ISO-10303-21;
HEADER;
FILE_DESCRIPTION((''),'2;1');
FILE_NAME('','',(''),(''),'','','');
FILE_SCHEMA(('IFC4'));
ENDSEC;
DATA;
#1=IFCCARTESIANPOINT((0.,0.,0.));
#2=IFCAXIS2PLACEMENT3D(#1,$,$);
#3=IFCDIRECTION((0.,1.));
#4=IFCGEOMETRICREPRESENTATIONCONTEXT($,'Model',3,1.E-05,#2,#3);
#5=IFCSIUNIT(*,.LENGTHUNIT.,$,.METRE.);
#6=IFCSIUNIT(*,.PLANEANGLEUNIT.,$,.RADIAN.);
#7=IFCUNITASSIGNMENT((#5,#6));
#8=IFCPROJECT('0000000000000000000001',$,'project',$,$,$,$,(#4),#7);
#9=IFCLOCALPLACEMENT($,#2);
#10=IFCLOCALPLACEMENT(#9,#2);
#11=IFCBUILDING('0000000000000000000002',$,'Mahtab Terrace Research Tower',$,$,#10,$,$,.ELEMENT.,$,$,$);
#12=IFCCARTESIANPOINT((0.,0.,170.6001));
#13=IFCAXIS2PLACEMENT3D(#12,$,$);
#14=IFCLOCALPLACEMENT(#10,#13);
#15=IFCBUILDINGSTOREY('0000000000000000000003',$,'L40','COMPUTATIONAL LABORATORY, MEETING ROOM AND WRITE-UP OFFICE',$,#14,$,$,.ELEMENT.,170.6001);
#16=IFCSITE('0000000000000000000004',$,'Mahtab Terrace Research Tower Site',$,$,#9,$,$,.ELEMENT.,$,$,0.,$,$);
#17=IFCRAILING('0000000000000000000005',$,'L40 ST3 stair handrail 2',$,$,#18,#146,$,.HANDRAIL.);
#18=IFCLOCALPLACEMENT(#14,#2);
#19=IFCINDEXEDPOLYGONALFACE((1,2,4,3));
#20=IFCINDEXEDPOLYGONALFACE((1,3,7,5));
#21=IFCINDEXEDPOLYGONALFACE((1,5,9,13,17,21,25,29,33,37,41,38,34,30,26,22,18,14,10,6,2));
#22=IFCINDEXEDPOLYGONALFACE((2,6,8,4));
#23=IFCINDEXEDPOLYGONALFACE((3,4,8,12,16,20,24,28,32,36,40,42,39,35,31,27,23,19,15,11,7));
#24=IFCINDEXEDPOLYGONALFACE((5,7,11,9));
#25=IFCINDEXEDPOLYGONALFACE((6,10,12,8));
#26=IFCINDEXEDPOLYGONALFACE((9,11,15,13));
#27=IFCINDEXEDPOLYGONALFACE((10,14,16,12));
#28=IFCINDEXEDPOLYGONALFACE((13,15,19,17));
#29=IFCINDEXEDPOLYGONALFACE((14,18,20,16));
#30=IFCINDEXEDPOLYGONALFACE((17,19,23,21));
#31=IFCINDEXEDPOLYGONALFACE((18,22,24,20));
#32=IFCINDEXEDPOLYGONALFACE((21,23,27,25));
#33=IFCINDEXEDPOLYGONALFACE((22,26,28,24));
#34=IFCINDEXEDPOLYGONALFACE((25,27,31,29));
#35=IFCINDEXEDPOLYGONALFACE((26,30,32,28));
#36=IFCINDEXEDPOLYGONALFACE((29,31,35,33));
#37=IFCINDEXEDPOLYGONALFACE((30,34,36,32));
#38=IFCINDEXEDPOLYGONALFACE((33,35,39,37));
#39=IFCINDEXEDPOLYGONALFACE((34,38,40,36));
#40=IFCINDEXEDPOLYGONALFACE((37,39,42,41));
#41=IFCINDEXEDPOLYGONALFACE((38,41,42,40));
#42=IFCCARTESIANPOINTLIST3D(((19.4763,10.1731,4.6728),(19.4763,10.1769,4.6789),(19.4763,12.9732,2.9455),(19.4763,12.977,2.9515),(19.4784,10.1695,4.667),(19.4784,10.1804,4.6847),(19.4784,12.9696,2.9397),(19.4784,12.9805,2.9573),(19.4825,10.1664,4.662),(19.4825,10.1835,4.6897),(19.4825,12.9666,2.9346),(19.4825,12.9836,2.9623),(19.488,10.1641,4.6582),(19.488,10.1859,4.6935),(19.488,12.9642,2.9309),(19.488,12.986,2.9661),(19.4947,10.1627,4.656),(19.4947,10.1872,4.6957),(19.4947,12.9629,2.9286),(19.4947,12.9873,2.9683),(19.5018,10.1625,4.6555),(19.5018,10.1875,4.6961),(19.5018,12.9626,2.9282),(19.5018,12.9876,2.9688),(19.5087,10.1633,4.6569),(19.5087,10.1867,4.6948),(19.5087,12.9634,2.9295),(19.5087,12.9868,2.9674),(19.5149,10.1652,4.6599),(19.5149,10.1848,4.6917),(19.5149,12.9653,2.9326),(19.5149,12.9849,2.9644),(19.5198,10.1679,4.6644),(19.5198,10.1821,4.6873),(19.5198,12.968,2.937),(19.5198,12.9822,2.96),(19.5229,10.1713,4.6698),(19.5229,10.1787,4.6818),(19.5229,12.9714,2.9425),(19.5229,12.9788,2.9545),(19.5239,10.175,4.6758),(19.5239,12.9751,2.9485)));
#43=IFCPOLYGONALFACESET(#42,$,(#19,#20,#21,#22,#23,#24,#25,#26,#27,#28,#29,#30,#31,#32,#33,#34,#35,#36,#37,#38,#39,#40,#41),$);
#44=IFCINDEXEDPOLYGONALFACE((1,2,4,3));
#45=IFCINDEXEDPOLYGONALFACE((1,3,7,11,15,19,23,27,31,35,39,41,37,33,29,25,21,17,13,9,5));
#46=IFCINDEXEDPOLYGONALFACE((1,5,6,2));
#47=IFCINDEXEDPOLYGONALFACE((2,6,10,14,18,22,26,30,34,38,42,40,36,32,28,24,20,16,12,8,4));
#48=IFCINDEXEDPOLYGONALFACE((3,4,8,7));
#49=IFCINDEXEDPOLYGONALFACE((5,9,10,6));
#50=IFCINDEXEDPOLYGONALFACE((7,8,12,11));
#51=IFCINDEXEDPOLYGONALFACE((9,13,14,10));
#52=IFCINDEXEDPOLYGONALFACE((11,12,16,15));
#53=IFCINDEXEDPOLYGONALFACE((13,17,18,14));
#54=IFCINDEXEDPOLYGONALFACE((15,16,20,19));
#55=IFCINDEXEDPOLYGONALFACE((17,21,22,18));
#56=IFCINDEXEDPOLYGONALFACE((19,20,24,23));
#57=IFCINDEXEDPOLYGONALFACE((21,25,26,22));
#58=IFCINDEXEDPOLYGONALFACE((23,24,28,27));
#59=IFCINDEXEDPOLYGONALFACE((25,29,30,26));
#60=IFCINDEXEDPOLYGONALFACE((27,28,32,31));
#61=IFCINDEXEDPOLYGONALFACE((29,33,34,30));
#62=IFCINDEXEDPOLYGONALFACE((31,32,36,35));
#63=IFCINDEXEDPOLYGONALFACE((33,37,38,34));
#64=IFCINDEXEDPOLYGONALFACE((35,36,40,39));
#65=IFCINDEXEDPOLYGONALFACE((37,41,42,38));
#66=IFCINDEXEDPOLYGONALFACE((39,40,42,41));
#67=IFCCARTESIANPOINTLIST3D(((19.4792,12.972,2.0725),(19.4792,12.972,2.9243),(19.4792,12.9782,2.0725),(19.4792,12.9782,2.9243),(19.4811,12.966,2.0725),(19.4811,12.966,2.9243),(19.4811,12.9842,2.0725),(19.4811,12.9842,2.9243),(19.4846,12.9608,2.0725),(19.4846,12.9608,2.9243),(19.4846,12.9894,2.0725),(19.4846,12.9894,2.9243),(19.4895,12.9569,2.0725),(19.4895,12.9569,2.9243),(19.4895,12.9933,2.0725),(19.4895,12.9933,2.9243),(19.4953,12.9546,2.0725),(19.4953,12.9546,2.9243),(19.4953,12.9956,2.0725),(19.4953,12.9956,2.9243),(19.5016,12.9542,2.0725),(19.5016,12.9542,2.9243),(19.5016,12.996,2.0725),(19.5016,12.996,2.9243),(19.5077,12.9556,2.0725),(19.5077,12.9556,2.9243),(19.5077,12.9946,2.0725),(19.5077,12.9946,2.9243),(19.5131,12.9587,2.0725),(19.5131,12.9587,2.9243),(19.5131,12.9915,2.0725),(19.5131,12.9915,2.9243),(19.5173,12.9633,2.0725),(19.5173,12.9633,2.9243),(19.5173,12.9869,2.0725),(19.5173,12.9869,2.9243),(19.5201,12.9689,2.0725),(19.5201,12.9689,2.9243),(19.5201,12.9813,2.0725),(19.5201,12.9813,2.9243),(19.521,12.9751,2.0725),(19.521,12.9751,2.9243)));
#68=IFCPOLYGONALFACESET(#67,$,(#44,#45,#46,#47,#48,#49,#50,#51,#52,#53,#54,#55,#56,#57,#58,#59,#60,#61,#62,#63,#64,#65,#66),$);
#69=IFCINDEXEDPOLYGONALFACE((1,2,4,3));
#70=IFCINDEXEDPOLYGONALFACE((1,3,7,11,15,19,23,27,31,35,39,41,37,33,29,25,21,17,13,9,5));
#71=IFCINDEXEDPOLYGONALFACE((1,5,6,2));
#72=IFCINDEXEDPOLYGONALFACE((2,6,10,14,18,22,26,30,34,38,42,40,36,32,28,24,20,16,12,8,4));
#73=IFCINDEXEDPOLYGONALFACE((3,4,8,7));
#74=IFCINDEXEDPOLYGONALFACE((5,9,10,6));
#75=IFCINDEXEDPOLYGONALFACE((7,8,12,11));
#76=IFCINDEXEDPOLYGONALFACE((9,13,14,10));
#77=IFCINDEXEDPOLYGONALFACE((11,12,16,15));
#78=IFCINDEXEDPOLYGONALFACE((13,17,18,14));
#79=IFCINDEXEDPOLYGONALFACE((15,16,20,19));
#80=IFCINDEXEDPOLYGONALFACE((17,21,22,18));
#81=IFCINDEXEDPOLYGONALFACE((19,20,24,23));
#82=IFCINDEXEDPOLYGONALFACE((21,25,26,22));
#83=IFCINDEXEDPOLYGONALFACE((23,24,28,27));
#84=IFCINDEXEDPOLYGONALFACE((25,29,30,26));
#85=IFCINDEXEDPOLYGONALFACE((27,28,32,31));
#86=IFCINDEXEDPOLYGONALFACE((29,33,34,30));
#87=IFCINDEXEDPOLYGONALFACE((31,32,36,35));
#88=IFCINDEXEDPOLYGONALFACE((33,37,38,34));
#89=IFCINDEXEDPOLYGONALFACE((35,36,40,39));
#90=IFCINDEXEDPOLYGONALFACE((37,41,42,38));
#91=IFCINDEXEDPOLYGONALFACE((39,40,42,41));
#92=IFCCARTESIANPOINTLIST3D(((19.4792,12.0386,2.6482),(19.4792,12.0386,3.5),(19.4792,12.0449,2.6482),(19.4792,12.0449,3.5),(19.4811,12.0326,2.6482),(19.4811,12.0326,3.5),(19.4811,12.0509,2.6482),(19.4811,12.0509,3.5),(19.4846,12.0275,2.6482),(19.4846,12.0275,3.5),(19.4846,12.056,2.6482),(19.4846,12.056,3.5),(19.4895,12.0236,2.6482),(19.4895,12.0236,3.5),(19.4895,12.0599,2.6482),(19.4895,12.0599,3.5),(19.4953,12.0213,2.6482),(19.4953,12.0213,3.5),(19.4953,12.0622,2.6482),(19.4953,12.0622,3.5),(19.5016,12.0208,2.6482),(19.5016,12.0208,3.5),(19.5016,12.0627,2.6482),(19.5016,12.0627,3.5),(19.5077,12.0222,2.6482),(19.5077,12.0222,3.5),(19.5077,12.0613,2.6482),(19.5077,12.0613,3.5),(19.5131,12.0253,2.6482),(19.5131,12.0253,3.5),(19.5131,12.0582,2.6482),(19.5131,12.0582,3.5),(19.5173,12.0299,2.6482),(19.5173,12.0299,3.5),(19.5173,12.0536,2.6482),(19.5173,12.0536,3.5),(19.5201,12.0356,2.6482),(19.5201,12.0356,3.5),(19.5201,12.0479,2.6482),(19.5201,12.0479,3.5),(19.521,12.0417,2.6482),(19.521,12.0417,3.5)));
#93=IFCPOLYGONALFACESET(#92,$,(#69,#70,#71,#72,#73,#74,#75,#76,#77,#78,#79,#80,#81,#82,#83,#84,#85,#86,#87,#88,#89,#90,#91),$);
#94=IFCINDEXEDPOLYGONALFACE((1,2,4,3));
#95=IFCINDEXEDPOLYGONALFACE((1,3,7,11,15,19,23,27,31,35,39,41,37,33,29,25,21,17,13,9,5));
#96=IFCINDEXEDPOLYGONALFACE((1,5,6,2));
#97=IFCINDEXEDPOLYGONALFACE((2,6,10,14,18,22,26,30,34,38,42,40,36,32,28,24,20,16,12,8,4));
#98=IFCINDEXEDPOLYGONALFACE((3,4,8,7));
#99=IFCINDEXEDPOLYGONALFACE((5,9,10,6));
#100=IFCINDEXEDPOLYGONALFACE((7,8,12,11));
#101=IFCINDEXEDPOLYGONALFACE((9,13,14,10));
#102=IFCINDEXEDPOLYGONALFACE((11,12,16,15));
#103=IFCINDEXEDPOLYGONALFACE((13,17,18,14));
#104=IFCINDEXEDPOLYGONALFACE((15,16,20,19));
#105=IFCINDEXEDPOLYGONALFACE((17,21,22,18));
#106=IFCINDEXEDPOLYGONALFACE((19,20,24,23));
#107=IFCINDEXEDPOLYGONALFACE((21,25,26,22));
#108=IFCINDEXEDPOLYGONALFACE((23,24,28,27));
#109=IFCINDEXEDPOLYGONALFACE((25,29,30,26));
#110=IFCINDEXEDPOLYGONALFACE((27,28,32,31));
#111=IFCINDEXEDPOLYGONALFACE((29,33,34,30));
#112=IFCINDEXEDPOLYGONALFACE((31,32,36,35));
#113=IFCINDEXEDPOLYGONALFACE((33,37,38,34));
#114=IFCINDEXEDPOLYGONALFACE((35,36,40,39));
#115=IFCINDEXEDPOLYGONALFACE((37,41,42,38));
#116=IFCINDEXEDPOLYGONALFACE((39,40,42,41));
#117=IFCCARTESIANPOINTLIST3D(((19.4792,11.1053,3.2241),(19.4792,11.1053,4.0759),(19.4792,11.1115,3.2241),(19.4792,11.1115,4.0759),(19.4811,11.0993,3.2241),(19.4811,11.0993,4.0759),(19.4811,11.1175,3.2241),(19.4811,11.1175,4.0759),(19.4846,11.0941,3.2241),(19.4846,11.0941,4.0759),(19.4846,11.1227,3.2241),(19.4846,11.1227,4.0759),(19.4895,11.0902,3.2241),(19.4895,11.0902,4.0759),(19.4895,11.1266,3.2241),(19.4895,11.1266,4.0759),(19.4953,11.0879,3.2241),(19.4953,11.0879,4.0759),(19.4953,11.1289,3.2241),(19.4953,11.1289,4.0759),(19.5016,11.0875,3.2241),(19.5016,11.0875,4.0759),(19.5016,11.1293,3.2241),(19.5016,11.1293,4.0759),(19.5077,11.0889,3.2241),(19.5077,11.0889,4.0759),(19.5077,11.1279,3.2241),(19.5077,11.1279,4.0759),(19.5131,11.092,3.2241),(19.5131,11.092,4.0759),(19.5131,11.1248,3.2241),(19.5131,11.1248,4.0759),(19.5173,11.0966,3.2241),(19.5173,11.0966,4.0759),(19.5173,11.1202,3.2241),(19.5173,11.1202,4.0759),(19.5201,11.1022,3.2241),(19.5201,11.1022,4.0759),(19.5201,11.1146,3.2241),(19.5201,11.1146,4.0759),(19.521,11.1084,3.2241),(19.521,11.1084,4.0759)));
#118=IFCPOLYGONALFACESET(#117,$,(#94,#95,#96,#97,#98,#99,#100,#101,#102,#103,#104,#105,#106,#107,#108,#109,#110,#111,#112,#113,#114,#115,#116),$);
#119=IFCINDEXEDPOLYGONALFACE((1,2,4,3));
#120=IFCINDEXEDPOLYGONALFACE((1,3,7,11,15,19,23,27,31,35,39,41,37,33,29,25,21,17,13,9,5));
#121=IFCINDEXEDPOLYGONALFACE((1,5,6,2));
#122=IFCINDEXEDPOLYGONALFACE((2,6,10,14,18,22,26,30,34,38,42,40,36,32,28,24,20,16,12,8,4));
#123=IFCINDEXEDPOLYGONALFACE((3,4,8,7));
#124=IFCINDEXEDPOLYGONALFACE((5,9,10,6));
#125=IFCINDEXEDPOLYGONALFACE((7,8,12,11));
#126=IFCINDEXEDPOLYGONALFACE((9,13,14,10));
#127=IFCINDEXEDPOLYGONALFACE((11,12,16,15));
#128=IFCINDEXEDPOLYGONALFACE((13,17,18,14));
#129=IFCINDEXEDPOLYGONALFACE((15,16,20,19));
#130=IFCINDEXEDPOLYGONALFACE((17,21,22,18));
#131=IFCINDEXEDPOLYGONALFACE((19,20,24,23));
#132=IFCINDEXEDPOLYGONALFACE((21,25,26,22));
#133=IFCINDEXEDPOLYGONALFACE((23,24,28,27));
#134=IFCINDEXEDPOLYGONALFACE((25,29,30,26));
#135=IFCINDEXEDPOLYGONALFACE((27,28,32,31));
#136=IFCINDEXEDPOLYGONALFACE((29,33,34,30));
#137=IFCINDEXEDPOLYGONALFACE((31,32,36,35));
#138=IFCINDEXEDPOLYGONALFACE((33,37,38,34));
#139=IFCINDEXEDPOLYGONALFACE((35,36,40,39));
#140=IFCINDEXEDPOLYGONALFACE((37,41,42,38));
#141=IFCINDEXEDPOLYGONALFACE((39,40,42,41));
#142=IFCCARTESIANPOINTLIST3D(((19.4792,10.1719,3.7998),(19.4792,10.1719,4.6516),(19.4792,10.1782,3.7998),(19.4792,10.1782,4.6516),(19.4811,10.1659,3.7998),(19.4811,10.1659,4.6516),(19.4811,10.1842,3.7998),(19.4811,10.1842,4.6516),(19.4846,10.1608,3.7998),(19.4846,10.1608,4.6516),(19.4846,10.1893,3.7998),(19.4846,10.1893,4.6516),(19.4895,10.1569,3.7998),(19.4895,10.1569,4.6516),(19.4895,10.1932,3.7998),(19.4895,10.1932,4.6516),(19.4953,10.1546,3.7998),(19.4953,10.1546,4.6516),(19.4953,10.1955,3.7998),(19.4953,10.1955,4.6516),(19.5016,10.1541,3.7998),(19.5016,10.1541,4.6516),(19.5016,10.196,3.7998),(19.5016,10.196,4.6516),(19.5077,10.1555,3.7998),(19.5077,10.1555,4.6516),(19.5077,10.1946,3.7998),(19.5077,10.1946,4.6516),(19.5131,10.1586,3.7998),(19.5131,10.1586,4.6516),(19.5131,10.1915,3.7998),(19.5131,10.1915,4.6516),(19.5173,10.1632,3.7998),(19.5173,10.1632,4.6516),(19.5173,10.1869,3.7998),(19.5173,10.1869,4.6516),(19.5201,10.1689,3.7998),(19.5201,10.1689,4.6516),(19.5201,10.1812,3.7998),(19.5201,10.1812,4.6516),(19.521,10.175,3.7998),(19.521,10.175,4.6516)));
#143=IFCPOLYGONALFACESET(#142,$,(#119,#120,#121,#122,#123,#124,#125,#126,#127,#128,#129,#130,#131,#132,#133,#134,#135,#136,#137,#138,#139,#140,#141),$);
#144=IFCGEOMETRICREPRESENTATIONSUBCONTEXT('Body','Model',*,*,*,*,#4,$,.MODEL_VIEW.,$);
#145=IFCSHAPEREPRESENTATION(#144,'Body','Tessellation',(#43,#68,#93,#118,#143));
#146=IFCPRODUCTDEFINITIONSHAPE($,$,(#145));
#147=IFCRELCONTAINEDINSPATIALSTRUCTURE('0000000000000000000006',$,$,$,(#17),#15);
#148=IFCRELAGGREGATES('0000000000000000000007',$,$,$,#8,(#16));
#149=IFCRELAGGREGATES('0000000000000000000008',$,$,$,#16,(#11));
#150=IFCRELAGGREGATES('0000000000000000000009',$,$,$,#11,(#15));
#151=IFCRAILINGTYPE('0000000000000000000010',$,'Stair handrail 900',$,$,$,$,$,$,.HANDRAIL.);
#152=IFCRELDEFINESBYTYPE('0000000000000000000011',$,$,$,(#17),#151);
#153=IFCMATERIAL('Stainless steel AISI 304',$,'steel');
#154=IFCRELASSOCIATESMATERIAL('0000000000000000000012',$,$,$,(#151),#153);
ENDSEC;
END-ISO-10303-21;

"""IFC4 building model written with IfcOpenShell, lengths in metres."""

from ifc_helpers import new_model, si_unit, direction, frame, origin, origin_2d, place, context, subcontext, project, spatial, circle, extrude, material, type_object, element, save


model = new_model("IFC4")

# Units and contexts
model_context = context("Model", 3, precision=1e-05, world=origin(), true_north=direction((0.0, 1.0)))
body_context = subcontext(model_context, "Body", "Model", "MODEL_VIEW")
ifc_project = project(units=[si_unit("LENGTHUNIT", "METRE"), si_unit("PLANEANGLEUNIT", "RADIAN")], contexts=[model_context])

# Site, building, storey
site_placement = place(None, origin())
site = spatial("IfcSite", under=ifc_project, at=site_placement, Name="Mahtab Terrace Research Tower Site", CompositionType="ELEMENT", RefElevation=0.0)
building_placement = place(site_placement, origin())
building = spatial("IfcBuilding", under=site, at=building_placement, Name="Mahtab Terrace Research Tower", CompositionType="ELEMENT")
storey_placement = place(building_placement, frame((0.0, 0.0, 170.6001)))
storey = spatial("IfcBuildingStorey", under=building, at=storey_placement, Name="L40", Description="COMPUTATIONAL LABORATORY, MEETING ROOM AND WRITE-UP OFFICE", CompositionType="ELEMENT", Elevation=170.6001)

# Shared definitions
ifc_material_1 = material(Name="Stainless steel AISI 304", Category="steel")

# Railing
railing_type_1 = type_object("IfcRailingType", Name="Stair handrail 900", PredefinedType="HANDRAIL", material=ifc_material_1)
railing_1_placement = place(storey_placement, frame((19.5, 12.9751, 2.0725)))
element("IfcRailing", 1, at=railing_1_placement, inside=storey, type_object=railing_type_1, Name="L40 ST3 stair handrail 2", PredefinedType="HANDRAIL", context=body_context, shape_type="SweptSolid", body=[
    extrude(circle(Radius=0.0239, at=origin_2d()), frame((0.0, 0.0, 0.876), z_axis=(0.0, -0.85109, 0.52502), x_axis=(1.0, 0.0, 0.0)), (0.0, 0.0, 1.0), 3.29),
    extrude(circle(Radius=0.021, at=origin_2d()), origin(), (0.0, 0.0, 1.0), 0.8518),
    extrude(circle(Radius=0.021, at=origin_2d()), frame((0.0, -0.9333, 0.5757)), (0.0, 0.0, 1.0), 0.8518),
    extrude(circle(Radius=0.021, at=origin_2d()), frame((0.0, -1.8667, 1.1516)), (0.0, 0.0, 1.0), 0.8518),
    extrude(circle(Radius=0.021, at=origin_2d()), frame((0.0, -2.8, 1.7273)), (0.0, 0.0, 1.0), 0.8518),
])

save(model, "model.ifc")
